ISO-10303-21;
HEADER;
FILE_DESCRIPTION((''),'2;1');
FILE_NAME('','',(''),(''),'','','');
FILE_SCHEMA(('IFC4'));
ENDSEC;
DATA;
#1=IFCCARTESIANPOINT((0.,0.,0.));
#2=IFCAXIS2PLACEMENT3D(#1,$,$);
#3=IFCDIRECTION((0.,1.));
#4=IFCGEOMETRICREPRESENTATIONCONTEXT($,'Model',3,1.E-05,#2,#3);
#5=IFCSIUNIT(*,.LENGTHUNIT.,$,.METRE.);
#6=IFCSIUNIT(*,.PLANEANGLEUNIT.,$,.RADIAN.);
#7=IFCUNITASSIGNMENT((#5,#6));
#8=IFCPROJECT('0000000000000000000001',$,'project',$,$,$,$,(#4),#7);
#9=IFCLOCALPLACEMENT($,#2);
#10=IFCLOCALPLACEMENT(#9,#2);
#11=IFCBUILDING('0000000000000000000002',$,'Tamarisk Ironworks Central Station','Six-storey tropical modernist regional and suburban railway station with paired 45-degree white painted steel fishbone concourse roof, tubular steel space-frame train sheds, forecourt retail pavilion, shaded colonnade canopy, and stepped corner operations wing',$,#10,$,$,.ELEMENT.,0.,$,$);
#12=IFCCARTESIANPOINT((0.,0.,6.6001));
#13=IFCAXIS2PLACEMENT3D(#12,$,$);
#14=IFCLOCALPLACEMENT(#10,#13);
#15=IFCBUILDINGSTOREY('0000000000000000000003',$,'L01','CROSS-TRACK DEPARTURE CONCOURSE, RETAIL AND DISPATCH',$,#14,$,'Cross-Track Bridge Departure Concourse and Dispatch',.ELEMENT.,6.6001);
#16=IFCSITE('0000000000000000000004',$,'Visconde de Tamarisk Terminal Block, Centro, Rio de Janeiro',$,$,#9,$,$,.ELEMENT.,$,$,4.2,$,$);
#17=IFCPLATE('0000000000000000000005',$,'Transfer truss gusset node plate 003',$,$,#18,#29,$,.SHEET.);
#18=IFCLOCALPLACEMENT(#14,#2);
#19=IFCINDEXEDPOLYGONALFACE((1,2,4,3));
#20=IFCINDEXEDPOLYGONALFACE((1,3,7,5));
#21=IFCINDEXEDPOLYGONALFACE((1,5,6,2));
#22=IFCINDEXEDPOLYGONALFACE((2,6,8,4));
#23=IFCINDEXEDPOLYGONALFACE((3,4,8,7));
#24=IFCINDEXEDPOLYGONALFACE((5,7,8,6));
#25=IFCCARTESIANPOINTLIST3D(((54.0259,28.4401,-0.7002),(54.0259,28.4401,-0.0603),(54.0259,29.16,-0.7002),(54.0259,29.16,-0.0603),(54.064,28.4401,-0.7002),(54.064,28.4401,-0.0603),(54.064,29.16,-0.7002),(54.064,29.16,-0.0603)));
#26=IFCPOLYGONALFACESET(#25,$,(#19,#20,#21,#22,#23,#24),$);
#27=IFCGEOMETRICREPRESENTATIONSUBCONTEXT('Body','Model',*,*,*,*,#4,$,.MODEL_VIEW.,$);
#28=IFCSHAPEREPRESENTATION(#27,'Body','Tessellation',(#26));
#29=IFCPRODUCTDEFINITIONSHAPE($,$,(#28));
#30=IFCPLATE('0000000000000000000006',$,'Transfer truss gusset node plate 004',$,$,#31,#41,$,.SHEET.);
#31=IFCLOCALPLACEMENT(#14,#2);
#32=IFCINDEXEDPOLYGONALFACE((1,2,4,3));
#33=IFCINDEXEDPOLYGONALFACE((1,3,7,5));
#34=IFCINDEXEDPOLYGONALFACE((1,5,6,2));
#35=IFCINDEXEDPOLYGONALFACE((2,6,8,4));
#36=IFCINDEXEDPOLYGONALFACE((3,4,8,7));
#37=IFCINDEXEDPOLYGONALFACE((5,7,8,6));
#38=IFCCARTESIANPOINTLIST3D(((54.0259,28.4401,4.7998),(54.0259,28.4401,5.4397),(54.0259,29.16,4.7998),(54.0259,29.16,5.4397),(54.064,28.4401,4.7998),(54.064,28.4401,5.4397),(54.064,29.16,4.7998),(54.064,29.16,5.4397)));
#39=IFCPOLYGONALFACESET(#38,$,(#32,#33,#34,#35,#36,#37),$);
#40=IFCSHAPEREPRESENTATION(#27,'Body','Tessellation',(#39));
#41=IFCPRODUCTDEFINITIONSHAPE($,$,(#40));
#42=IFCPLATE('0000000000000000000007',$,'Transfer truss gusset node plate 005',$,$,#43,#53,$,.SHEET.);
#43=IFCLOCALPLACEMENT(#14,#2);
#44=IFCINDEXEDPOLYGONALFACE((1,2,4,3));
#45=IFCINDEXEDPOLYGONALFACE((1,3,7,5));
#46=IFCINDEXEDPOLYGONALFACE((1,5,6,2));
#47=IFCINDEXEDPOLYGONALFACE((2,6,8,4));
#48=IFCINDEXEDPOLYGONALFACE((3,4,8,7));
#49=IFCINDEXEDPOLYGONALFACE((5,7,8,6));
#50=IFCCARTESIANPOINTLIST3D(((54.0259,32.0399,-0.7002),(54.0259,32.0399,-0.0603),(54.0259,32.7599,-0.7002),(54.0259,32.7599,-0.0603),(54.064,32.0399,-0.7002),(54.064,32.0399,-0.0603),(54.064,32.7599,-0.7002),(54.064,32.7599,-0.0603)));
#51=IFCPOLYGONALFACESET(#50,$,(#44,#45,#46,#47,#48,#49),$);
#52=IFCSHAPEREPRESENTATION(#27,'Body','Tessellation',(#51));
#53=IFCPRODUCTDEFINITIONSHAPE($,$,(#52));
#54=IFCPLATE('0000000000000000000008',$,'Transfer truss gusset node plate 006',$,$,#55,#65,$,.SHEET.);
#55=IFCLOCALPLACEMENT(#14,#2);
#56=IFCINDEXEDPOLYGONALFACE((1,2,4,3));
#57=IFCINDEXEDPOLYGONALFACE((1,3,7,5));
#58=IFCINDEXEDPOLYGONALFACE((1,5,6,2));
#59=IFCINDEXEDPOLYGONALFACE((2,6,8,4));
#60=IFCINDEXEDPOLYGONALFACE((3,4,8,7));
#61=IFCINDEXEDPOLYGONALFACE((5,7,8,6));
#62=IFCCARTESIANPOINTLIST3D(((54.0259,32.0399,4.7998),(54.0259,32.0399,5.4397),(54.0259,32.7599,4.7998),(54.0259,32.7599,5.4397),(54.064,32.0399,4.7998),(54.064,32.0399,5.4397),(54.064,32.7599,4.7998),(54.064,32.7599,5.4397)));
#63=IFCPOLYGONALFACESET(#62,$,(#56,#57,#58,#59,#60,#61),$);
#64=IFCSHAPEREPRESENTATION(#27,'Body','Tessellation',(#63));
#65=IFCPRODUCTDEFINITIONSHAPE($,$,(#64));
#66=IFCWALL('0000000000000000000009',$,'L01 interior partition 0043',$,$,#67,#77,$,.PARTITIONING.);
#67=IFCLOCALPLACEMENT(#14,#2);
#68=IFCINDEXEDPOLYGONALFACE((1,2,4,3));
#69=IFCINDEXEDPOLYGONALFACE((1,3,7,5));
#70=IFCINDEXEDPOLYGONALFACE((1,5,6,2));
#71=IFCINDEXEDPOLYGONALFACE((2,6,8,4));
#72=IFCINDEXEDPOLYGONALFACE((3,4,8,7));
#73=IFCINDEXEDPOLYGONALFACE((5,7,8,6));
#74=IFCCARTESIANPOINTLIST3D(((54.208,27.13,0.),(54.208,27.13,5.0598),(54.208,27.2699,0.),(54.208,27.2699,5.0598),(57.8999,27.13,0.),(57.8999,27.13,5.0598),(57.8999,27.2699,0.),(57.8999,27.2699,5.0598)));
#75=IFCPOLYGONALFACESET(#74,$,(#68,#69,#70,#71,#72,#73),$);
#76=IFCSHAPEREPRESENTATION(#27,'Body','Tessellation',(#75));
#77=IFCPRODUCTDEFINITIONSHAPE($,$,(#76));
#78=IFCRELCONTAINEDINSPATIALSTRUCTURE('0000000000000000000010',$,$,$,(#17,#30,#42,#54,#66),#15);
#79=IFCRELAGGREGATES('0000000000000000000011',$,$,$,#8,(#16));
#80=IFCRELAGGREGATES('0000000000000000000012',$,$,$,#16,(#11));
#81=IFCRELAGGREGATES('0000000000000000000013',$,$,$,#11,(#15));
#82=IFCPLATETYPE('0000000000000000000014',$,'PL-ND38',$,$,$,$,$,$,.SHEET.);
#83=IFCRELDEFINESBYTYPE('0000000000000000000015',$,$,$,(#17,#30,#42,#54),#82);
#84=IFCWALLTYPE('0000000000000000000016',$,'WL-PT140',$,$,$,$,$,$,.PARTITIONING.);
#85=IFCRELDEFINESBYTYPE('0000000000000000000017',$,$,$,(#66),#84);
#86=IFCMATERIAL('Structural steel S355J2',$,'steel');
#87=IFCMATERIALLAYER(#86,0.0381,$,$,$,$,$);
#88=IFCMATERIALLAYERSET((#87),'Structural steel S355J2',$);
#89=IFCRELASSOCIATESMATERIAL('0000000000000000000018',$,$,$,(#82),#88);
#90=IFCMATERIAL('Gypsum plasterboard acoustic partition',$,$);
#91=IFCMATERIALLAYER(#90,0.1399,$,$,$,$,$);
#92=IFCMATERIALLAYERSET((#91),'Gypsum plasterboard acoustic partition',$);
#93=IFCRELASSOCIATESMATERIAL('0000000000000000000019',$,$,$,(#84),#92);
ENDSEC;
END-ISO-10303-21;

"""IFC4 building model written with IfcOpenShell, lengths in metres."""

from ifc_helpers import new_model, si_unit, direction, frame, frame_2d, origin, origin_2d, place, context, subcontext, project, spatial, rectangle, extrude, material, layer, layer_set, type_object, element, save


model = new_model("IFC4")

# Units and contexts
model_context = context("Model", 3, precision=1e-05, world=origin(), true_north=direction((0.0, 1.0)))
body_context = subcontext(model_context, "Body", "Model", "MODEL_VIEW")
ifc_project = project(units=[si_unit("LENGTHUNIT", "METRE"), si_unit("PLANEANGLEUNIT", "RADIAN")], contexts=[model_context])

# Site, building, storey
site_placement = place(None, origin())
site = spatial("IfcSite", under=ifc_project, at=site_placement, Name="Visconde de Tamarisk Terminal Block, Centro, Rio de Janeiro", CompositionType="ELEMENT", RefElevation=4.2)
building_placement = place(site_placement, origin())
building = spatial("IfcBuilding", under=site, at=building_placement, Name="Tamarisk Ironworks Central Station", Description="Six-storey tropical modernist regional and suburban railway station with paired 45-degree white painted steel fishbone concourse roof, tubular steel space-frame train sheds, forecourt retail pavilion, shaded colonnade canopy, and stepped corner operations wing", CompositionType="ELEMENT", ElevationOfRefHeight=0.0)
storey_placement = place(building_placement, frame((0.0, 0.0, 6.6001)))
storey = spatial("IfcBuildingStorey", under=building, at=storey_placement, Name="L01", Description="CROSS-TRACK DEPARTURE CONCOURSE, RETAIL AND DISPATCH", LongName="Cross-Track Bridge Departure Concourse and Dispatch", CompositionType="ELEMENT", Elevation=6.6001)

# Shared definitions
ifc_material_1 = material(Name="Structural steel S355J2", Category="steel")

# Plates
ifc_layer_1 = layer(ifc_material_1, 0.0381)
ifc_layer_set_1 = layer_set([ifc_layer_1], Name="Structural steel S355J2")
plate_type_1 = type_object("IfcPlateType", Name="PL-ND38", PredefinedType="SHEET", material=ifc_layer_set_1)
for number, where, z_axis, x_axis, name in (
    (1, (54.0449, 28.8, -0.7002), (0.0, 0.0, 1.0), (1.0, 0.0, 0.0), "Transfer truss gusset node plate 003"),
    (2, (54.0449, 28.8, 4.7998), (0.0, 0.0, 1.0), (1.0, 0.0, 0.0), "Transfer truss gusset node plate 004"),
    (3, (54.0449, 32.3999, -0.7002), (0.0, 0.0, 1.0), (1.0, 0.0, 0.0), "Transfer truss gusset node plate 005"),
    (4, (54.0449, 32.3999, 4.7998), (0.0, 0.0, 1.0), (1.0, 0.0, 0.0), "Transfer truss gusset node plate 006"),
):
    element("IfcPlate", number, at=place(storey_placement, frame(where, z_axis=z_axis, x_axis=x_axis)), inside=storey, type_object=plate_type_1, Name=name, PredefinedType="SHEET", context=body_context, shape_type="SweptSolid", body=[
        extrude(rectangle(XDim=0.0381, YDim=0.72, at=origin_2d()), origin(), (0.0, 0.0, 1.0), 0.6399),
    ])

# Wall
ifc_material_2 = material(Name="Gypsum plasterboard acoustic partition")
ifc_layer_2 = layer(ifc_material_2, 0.1399)
ifc_layer_set_2 = layer_set([ifc_layer_2], Name="Gypsum plasterboard acoustic partition")
wall_type = type_object("IfcWallType", Name="WL-PT140", PredefinedType="PARTITIONING", material=ifc_layer_set_2)
wall_placement = place(storey_placement, frame((54.208, 27.2, 0.0), z_axis=(0.0, 0.0, 1.0), x_axis=(1.0, 0.0, 0.0)))
element("IfcWall", 5, at=wall_placement, inside=storey, type_object=wall_type, Name="L01 interior partition 0043", PredefinedType="PARTITIONING", context=body_context, shape_type="SweptSolid", body=[
    extrude(rectangle(XDim=3.6919, YDim=0.1399, at=frame_2d((1.8459, 0.0))), origin(), (0.0, 0.0, 1.0), 5.0598),
])

save(model, "model.ifc")
